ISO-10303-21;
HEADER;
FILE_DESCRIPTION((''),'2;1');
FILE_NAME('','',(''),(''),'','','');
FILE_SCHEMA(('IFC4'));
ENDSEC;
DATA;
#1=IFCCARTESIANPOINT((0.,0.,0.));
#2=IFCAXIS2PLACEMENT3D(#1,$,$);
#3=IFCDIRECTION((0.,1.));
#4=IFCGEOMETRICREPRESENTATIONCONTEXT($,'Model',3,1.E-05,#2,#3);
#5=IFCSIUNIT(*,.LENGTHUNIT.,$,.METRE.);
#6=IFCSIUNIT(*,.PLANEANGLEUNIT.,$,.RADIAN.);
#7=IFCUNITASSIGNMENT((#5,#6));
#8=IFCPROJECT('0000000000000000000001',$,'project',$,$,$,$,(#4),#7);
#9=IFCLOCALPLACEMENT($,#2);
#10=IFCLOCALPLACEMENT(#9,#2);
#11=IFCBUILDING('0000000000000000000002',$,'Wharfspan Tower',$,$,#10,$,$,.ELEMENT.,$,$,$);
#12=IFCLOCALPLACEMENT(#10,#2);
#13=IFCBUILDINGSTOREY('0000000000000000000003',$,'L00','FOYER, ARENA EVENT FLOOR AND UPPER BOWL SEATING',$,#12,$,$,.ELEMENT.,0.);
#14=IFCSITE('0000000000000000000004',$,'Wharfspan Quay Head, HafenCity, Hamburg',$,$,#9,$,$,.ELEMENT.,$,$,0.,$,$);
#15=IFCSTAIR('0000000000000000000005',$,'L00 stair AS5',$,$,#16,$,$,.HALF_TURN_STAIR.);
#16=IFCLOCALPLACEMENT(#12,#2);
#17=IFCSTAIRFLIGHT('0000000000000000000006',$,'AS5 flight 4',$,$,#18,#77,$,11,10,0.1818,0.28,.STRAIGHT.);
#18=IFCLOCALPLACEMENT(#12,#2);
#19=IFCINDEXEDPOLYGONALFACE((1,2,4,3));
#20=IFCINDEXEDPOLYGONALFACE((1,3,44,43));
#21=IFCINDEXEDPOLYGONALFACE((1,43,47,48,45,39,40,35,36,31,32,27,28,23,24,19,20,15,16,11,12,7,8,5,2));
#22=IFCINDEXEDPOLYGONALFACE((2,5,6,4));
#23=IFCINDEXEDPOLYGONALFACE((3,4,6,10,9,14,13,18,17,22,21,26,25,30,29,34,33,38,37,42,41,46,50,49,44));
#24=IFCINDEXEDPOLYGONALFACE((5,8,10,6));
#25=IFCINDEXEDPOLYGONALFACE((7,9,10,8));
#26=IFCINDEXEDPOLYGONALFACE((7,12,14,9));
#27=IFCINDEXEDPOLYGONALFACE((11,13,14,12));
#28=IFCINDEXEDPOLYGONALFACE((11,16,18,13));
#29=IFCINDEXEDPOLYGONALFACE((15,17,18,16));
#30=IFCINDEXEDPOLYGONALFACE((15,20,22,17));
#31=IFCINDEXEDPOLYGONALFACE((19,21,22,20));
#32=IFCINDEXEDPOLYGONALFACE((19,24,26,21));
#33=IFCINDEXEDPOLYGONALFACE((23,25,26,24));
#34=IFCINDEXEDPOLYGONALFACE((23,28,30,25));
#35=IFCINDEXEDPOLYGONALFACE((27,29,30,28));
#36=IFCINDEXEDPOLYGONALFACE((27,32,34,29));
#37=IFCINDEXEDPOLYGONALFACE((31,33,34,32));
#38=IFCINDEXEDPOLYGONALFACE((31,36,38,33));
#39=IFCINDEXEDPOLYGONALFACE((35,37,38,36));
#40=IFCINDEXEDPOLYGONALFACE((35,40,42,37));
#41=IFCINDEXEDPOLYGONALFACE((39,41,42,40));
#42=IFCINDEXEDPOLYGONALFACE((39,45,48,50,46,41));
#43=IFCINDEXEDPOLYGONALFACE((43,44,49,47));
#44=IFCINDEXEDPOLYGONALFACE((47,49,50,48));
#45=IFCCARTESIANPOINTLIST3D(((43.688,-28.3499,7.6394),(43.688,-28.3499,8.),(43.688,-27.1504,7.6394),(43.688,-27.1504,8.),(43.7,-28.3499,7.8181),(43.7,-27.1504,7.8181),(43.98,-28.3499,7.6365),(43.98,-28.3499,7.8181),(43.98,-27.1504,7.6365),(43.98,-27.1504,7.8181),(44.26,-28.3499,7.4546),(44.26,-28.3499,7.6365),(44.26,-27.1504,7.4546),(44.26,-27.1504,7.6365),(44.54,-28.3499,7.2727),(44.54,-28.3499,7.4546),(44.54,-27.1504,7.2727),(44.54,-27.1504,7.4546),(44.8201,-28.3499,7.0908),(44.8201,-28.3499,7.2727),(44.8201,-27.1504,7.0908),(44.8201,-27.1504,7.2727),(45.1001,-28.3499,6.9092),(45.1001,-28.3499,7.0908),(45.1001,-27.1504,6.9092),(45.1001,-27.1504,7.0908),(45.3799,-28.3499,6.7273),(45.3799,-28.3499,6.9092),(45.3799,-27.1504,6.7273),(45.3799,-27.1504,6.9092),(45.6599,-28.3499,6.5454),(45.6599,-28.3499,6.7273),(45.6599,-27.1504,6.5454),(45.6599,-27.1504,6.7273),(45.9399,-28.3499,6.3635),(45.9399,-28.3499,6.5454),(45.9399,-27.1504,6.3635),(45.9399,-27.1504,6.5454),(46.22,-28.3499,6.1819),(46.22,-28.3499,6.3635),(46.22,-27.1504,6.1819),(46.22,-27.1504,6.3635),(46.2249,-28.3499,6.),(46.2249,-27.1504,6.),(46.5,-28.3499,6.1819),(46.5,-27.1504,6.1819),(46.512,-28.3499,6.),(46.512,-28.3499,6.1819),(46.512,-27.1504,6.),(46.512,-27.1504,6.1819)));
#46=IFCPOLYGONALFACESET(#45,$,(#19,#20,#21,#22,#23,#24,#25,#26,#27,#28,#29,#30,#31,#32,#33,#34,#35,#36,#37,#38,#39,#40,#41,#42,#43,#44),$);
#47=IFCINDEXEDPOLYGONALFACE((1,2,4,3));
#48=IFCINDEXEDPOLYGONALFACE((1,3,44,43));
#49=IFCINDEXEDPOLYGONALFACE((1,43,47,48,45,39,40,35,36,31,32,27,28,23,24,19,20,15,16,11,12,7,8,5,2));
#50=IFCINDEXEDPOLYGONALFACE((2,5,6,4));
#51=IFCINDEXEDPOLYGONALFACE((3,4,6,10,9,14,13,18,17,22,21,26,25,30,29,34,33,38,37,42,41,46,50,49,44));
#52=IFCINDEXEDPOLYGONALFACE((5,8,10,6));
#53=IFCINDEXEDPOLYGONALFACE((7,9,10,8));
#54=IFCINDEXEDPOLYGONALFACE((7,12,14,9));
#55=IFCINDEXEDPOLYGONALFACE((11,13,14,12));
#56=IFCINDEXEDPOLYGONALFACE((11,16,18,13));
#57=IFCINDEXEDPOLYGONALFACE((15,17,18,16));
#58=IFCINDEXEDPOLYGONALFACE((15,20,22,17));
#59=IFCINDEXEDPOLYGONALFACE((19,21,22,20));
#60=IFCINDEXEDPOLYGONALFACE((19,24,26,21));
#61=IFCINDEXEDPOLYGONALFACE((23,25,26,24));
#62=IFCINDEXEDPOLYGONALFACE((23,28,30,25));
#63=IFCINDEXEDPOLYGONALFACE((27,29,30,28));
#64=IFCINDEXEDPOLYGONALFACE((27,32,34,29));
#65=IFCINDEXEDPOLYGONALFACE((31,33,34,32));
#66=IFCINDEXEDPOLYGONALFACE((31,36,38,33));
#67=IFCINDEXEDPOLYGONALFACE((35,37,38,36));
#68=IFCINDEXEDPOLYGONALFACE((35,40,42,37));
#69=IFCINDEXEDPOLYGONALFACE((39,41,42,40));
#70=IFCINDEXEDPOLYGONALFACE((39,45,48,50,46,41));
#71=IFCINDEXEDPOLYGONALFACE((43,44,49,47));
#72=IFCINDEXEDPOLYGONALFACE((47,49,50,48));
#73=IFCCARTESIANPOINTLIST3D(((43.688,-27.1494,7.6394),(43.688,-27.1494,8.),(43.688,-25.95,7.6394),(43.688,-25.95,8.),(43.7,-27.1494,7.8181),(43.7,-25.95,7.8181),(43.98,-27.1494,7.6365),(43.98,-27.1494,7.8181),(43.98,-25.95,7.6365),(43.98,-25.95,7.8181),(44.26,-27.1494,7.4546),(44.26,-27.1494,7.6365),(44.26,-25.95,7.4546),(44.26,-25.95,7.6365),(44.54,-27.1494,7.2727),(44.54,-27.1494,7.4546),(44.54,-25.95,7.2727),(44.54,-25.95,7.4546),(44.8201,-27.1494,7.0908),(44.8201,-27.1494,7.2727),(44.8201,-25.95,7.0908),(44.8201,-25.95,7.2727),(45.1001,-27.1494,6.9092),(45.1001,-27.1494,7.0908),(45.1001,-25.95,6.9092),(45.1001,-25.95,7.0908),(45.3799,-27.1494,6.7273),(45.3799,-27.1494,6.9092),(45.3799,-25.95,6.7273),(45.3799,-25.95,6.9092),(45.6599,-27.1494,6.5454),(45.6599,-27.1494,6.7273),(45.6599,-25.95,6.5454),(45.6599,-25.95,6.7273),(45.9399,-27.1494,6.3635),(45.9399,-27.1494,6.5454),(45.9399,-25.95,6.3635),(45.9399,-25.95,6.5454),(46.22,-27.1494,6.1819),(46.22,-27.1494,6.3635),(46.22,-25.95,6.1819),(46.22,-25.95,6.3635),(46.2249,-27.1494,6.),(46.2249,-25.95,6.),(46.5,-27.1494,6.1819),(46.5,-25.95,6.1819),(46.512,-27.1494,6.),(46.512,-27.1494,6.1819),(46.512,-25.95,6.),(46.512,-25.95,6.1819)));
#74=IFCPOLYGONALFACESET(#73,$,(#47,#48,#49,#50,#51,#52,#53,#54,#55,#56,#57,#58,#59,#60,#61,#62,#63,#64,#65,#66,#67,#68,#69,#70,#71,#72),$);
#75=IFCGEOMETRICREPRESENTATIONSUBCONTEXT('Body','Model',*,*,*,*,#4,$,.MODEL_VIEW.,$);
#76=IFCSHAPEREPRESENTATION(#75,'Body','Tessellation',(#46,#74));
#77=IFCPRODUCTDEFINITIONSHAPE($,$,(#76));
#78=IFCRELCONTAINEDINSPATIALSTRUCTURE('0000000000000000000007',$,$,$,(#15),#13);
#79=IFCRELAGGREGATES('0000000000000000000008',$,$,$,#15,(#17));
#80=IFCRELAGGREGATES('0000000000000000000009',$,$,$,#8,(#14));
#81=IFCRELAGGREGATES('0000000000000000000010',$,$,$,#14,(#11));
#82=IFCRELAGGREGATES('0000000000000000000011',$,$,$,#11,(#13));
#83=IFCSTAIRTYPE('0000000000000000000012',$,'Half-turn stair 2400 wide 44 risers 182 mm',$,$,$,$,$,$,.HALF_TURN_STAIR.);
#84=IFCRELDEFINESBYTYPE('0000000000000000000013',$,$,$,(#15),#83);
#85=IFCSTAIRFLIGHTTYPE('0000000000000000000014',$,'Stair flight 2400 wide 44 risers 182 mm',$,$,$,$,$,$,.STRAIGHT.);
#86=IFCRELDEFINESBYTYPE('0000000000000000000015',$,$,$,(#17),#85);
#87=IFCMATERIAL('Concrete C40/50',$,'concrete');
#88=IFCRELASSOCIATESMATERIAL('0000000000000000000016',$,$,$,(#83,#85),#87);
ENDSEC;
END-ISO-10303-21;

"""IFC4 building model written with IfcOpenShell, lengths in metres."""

from ifc_helpers import new_model, si_unit, direction, frame, origin, place, context, subcontext, project, spatial, polyline, outline, extrude, material, type_object, element, aggregate, save


model = new_model("IFC4")

# Units and contexts
model_context = context("Model", 3, precision=1e-05, world=origin(), true_north=direction((0.0, 1.0)))
body_context = subcontext(model_context, "Body", "Model", "MODEL_VIEW")
ifc_project = project(units=[si_unit("LENGTHUNIT", "METRE"), si_unit("PLANEANGLEUNIT", "RADIAN")], contexts=[model_context])

# Site, building, storey
site_placement = place(None, origin())
site = spatial("IfcSite", under=ifc_project, at=site_placement, Name="Wharfspan Quay Head, HafenCity, Hamburg", CompositionType="ELEMENT", RefElevation=0.0)
building_placement = place(site_placement, origin())
building = spatial("IfcBuilding", under=site, at=building_placement, Name="Wharfspan Tower", CompositionType="ELEMENT")
storey_placement = place(building_placement, origin())
storey = spatial("IfcBuildingStorey", under=building, at=storey_placement, Name="L00", Description="FOYER, ARENA EVENT FLOOR AND UPPER BOWL SEATING", CompositionType="ELEMENT", Elevation=0.0)

# Shared definitions
ifc_material_1 = material(Name="Concrete C40/50", Category="concrete")

# Stair, stair flight
stair_type = type_object("IfcStairType", Name="Half-turn stair 2400 wide 44 risers 182 mm", PredefinedType="HALF_TURN_STAIR", material=ifc_material_1)
stair_placement = place(storey_placement, origin())
stair = element("IfcStair", 1, at=stair_placement, inside=storey, type_object=stair_type, Name="L00 stair AS5", PredefinedType="HALF_TURN_STAIR")
stair_flight_type = type_object("IfcStairFlightType", Name="Stair flight 2400 wide 44 risers 182 mm", PredefinedType="STRAIGHT", material=ifc_material_1)
stair_flight_1_placement = place(storey_placement, frame((46.5, -27.1499, 6.0), z_axis=(0.0, 0.0, 1.0), x_axis=(-1.0, 0.0, 0.0)))
stair_flight_1 = element("IfcStairFlight", 2, at=stair_flight_1_placement, type_object=stair_flight_type, Name="AS5 flight 4", NumberOfRisers=11, NumberOfTreads=10, PredefinedType="STRAIGHT", RiserHeight=0.1818, TreadLength=0.28, context=body_context, shape_type="SweptSolid", body=[
    extrude(outline(polyline([(-0.012, 0.0), (-0.012, 0.1819), (0.0, 0.1819), (0.28, 0.1819), (0.28, 0.3635), (0.5601, 0.3635), (0.5601, 0.5454), (0.8401, 0.5454), (0.8401, 0.7273), (1.1201, 0.7273), (1.1201, 0.9092), (1.3999, 0.9092), (1.3999, 1.0908), (1.6799, 1.0908), (1.6799, 1.2727), (1.96, 1.2727), (1.96, 1.4546), (2.24, 1.4546), (2.24, 1.6365), (2.52, 1.6365), (2.52, 1.8181), (2.8, 1.8181), (2.812, 2.0), (2.812, 1.6394), (0.2751, 0.0), (-0.012, 0.0)])), frame((0.0, 1.2, 0.0), z_axis=(0.0, -1.0, 0.0), x_axis=(1.0, 0.0, 0.0)), (0.0, 0.0, 1.0), 1.1995),
    extrude(outline(polyline([(-0.012, 0.0), (-0.012, 0.1819), (0.0, 0.1819), (0.28, 0.1819), (0.28, 0.3635), (0.5601, 0.3635), (0.5601, 0.5454), (0.8401, 0.5454), (0.8401, 0.7273), (1.1201, 0.7273), (1.1201, 0.9092), (1.3999, 0.9092), (1.3999, 1.0908), (1.6799, 1.0908), (1.6799, 1.2727), (1.96, 1.2727), (1.96, 1.4546), (2.24, 1.4546), (2.24, 1.6365), (2.52, 1.6365), (2.52, 1.8181), (2.8, 1.8181), (2.812, 2.0), (2.812, 1.6394), (0.2751, 0.0), (-0.012, 0.0)])), frame((0.0, -0.0005, 0.0), z_axis=(0.0, -1.0, 0.0), x_axis=(1.0, 0.0, 0.0)), (0.0, 0.0, 1.0), 1.1995),
])
aggregate(stair, [stair_flight_1])

save(model, "model.ifc")
